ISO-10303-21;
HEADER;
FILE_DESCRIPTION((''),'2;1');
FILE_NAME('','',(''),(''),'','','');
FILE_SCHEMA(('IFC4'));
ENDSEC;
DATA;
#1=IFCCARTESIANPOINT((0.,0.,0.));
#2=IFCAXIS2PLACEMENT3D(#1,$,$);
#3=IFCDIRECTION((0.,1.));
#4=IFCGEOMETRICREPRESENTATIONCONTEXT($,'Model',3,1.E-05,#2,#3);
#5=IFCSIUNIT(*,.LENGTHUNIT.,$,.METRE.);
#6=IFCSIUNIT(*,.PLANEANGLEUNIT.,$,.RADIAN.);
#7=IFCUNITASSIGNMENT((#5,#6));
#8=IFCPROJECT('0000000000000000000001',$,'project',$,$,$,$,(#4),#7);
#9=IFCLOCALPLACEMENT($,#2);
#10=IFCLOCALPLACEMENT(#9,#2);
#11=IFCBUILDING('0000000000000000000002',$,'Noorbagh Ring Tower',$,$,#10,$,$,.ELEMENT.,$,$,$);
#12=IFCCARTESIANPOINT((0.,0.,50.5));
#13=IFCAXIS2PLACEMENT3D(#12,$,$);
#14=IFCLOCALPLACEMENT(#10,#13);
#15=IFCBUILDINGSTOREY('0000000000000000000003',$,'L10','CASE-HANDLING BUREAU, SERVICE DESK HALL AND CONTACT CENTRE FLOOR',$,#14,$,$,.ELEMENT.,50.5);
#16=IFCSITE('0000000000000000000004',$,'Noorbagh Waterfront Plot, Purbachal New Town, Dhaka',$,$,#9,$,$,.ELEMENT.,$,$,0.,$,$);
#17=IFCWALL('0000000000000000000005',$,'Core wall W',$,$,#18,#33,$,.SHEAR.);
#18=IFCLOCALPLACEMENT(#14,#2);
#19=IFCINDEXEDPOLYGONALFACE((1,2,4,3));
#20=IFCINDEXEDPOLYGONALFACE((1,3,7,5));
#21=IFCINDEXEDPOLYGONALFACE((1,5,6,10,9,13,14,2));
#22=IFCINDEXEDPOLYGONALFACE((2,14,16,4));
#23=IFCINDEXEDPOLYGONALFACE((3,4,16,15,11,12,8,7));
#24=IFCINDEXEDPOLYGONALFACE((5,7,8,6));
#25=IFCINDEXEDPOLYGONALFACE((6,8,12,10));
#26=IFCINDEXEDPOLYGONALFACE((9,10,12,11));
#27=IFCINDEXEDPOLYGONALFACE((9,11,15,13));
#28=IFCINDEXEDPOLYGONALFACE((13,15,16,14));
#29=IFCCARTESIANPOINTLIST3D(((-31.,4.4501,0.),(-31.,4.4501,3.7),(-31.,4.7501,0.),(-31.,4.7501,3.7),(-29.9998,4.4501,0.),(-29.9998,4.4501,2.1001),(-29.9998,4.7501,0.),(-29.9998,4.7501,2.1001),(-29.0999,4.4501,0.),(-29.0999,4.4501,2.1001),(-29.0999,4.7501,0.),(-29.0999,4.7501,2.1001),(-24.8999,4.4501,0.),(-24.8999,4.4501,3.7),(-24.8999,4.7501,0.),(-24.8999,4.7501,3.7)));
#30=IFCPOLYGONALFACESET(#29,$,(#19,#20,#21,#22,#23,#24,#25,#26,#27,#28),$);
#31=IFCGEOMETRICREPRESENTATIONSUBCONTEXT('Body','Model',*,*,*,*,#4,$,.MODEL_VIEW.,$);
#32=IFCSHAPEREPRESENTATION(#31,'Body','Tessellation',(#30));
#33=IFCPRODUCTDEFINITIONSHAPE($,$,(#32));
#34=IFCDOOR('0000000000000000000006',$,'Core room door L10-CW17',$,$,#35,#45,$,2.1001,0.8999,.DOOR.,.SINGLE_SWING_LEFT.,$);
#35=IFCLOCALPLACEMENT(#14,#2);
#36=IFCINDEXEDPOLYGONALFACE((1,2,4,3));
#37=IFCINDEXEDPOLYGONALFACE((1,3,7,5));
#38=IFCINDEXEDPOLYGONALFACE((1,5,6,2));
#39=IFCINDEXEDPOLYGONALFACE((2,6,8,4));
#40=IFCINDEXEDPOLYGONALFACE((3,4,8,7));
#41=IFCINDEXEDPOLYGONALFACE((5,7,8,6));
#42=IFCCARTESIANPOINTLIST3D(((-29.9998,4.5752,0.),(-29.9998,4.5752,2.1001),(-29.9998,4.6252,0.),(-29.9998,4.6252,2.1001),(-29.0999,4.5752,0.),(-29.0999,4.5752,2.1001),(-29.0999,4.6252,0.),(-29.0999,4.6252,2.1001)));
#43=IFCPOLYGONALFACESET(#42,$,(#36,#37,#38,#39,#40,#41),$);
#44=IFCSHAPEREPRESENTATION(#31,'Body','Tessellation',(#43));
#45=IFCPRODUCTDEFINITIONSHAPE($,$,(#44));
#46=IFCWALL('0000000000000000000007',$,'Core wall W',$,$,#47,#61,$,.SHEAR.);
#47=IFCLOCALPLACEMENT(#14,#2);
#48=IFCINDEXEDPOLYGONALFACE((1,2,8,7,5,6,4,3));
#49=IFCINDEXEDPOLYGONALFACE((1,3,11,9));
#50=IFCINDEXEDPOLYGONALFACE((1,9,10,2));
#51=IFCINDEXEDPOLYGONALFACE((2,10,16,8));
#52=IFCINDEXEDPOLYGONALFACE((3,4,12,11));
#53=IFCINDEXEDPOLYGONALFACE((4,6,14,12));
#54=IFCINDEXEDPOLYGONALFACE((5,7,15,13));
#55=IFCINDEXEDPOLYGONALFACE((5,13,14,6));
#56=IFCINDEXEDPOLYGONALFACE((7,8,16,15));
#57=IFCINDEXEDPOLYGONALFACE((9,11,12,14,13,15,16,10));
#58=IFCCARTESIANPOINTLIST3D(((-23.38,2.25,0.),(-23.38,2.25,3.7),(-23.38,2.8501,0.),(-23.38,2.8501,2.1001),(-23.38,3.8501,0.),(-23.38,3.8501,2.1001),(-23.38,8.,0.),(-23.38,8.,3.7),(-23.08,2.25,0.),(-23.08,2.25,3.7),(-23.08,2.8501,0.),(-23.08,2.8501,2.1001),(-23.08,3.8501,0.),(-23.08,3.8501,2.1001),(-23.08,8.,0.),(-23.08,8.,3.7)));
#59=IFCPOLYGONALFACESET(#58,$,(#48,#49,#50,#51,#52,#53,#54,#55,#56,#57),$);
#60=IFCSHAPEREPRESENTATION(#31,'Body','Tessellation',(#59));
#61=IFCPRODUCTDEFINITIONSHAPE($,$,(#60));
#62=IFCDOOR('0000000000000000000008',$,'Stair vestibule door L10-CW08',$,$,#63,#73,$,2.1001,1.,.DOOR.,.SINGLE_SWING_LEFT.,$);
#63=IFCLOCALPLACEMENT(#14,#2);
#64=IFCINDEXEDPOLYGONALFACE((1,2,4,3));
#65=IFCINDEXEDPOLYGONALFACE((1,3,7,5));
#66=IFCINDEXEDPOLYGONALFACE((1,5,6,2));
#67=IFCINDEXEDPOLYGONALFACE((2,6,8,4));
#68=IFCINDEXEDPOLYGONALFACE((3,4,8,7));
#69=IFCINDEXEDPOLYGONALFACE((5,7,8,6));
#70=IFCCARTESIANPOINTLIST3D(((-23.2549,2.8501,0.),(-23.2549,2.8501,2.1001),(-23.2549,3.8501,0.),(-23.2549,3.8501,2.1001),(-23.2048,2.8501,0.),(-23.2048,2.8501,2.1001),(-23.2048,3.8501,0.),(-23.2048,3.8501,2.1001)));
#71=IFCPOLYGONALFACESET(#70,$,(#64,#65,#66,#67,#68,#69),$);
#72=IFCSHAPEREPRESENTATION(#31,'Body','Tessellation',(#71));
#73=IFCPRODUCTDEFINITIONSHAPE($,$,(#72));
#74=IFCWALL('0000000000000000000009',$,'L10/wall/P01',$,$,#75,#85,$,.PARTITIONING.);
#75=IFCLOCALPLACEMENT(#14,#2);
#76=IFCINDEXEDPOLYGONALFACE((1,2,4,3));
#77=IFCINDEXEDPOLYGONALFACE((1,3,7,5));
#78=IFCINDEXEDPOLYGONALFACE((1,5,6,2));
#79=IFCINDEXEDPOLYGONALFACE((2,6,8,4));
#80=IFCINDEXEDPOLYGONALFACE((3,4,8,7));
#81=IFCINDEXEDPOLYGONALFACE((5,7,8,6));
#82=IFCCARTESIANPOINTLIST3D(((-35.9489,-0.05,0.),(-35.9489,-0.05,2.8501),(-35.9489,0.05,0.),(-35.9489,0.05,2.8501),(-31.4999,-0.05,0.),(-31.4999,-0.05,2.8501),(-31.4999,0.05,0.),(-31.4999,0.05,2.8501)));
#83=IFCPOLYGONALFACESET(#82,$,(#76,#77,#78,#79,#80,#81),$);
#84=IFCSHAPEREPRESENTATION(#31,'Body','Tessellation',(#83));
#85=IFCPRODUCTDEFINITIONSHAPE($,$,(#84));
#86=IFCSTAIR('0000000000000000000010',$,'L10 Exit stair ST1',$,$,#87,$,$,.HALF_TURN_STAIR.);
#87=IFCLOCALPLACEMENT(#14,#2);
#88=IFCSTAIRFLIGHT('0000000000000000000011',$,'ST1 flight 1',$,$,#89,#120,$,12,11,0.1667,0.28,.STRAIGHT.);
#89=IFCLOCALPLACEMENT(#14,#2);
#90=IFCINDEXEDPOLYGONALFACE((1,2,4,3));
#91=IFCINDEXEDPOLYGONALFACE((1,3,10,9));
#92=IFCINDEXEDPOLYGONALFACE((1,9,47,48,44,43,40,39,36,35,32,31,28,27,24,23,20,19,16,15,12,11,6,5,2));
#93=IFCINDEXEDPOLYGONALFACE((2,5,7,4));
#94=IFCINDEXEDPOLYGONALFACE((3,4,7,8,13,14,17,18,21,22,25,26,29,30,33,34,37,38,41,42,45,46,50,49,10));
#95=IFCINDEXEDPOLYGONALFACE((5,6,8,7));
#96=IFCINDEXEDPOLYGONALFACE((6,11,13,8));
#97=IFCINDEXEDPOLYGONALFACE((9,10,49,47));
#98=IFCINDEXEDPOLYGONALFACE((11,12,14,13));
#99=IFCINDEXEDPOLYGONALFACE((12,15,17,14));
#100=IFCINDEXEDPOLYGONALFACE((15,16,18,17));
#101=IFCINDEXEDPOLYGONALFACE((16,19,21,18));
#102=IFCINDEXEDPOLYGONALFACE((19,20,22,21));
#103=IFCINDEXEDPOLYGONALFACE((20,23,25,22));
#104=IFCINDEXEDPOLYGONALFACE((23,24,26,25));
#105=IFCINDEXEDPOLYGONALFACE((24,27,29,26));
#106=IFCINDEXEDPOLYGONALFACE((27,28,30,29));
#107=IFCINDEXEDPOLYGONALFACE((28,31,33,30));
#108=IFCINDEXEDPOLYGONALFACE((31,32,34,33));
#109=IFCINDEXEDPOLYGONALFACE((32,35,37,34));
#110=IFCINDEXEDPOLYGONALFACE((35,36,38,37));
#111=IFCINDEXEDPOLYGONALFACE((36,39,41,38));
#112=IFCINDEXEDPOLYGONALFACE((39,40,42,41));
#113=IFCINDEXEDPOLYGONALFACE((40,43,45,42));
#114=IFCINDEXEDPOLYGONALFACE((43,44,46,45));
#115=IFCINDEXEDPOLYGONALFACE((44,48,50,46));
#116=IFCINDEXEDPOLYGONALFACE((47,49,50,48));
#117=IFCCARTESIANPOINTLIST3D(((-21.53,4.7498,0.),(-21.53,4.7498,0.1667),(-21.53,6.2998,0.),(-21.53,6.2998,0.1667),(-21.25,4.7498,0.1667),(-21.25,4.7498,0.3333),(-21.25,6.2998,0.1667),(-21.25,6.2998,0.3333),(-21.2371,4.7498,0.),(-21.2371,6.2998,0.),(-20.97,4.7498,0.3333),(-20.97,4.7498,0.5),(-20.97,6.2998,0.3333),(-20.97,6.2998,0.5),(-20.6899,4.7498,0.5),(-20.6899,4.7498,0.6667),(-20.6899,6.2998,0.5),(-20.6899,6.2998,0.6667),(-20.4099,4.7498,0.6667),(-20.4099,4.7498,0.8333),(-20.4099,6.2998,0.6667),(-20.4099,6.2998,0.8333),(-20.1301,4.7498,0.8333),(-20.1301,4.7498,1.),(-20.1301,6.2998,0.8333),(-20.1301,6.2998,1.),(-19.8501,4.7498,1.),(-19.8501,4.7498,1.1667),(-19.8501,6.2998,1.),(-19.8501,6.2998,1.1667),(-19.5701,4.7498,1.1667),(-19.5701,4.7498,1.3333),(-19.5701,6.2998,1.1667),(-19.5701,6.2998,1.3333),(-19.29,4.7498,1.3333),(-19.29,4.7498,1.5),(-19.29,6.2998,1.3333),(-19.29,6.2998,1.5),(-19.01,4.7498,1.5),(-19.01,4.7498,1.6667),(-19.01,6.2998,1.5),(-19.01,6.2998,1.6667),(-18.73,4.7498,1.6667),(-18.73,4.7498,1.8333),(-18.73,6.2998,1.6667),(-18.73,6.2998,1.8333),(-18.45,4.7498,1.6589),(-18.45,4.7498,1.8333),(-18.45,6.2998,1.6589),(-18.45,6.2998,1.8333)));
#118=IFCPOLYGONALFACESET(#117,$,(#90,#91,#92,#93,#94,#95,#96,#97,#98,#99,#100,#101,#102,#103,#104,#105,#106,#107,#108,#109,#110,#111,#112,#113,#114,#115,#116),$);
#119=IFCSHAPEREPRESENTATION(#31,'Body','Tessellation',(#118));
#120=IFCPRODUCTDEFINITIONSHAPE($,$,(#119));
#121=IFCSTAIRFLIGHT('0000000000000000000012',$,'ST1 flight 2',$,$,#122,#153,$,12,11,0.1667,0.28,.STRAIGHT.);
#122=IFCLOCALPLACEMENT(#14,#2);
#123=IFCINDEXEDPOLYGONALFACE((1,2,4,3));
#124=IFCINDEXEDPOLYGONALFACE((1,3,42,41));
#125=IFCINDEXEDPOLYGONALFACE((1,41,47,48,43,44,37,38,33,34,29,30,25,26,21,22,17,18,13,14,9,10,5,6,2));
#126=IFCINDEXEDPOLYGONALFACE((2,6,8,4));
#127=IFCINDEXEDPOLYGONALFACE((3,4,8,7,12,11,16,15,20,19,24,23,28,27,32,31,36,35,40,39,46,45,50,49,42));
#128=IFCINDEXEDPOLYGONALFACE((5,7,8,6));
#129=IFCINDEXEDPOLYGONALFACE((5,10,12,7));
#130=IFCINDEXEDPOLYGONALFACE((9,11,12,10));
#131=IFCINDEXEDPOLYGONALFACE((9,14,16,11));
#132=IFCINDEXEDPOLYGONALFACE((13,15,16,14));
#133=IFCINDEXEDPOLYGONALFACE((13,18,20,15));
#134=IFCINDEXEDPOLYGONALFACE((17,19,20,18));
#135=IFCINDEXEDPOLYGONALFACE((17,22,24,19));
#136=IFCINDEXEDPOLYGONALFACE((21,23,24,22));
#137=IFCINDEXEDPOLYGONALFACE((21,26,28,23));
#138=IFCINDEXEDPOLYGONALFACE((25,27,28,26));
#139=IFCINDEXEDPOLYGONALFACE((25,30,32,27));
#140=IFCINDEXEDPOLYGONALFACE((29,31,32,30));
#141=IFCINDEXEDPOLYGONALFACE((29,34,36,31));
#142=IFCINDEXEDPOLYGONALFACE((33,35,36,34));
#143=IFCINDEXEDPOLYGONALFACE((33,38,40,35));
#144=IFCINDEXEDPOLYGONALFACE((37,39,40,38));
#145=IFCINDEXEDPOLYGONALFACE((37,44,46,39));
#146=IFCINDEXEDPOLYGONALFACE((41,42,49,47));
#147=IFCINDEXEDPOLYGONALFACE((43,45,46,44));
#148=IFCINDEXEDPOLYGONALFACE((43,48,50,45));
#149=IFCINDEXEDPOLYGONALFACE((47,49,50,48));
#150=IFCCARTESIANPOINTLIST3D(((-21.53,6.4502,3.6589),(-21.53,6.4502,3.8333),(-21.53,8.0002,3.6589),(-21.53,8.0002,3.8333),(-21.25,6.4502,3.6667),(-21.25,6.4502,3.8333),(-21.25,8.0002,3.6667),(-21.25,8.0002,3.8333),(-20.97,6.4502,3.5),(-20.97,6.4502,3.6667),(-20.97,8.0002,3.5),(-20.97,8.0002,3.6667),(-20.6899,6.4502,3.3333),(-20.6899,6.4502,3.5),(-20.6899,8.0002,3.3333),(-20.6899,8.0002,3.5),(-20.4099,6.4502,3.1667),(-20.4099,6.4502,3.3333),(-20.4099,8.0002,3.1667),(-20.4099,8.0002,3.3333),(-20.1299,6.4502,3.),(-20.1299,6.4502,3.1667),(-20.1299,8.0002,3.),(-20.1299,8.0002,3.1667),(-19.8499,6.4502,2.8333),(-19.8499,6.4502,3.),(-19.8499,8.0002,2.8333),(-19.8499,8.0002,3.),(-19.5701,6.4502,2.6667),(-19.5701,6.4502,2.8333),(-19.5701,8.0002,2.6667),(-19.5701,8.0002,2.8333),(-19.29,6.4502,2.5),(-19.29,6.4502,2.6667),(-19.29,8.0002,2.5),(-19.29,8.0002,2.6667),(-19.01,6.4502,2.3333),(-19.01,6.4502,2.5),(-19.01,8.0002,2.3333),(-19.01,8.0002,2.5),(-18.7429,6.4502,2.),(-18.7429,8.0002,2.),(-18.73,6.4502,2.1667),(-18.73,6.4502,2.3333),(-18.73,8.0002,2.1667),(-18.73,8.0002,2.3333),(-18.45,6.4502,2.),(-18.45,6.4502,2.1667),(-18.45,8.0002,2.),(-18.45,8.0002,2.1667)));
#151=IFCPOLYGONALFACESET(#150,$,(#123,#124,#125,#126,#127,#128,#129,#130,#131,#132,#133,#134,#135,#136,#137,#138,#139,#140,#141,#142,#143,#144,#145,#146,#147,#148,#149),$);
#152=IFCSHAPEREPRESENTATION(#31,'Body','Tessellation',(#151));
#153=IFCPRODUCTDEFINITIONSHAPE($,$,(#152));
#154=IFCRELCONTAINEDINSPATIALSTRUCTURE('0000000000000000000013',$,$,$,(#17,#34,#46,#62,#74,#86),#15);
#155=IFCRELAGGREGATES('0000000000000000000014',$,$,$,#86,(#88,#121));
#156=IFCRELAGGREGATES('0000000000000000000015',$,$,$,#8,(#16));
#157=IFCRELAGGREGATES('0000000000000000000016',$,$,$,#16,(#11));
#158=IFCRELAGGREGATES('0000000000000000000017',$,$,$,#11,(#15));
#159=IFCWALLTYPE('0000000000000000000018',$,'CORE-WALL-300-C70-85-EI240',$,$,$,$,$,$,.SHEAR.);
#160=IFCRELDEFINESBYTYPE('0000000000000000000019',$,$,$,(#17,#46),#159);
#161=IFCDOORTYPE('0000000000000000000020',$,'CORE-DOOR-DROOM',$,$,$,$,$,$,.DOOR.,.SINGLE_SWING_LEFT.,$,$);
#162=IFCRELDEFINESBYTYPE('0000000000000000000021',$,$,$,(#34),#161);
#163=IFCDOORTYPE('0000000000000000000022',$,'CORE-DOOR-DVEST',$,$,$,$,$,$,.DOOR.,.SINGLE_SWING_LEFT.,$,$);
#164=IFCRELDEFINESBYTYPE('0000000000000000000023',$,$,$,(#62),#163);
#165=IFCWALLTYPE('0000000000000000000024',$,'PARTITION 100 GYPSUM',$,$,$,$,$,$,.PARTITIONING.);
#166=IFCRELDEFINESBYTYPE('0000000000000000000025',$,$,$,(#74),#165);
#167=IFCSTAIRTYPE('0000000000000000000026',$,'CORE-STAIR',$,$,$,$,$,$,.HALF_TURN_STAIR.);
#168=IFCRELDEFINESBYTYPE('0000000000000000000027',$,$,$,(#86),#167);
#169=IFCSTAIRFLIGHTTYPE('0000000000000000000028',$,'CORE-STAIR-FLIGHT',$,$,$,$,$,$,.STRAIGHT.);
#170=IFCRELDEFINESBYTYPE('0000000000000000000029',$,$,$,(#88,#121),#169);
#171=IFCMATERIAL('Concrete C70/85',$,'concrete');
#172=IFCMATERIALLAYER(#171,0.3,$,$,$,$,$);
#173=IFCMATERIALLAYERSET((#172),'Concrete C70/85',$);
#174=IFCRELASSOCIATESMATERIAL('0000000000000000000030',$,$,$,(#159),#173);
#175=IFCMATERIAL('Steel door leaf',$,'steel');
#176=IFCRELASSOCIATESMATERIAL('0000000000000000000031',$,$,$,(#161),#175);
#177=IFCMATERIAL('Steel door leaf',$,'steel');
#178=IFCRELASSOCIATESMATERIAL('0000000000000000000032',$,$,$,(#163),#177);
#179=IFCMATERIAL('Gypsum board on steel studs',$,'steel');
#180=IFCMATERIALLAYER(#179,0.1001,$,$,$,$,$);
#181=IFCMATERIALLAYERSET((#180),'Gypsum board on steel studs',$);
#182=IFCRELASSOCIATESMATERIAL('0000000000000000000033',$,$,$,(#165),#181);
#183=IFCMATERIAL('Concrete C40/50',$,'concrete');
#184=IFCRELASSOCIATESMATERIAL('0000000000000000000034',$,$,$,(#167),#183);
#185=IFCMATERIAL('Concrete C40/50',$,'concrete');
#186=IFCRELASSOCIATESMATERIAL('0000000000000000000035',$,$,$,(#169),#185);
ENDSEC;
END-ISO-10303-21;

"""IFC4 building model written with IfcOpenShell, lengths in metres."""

from ifc_helpers import new_model, si_unit, direction, frame, frame_2d, origin, place, context, subcontext, project, spatial, polyline, rectangle, outline, extrude, material, layer, layer_set, type_object, element, fill, aggregate, save


model = new_model("IFC4")

# Units and contexts
model_context = context("Model", 3, precision=1e-05, world=origin(), true_north=direction((0.0, 1.0)))
body_context = subcontext(model_context, "Body", "Model", "MODEL_VIEW")
ifc_project = project(units=[si_unit("LENGTHUNIT", "METRE"), si_unit("PLANEANGLEUNIT", "RADIAN")], contexts=[model_context])

# Site, building, storey
site_placement = place(None, origin())
site = spatial("IfcSite", under=ifc_project, at=site_placement, Name="Noorbagh Waterfront Plot, Purbachal New Town, Dhaka", CompositionType="ELEMENT", RefElevation=0.0)
building_placement = place(site_placement, origin())
building = spatial("IfcBuilding", under=site, at=building_placement, Name="Noorbagh Ring Tower", CompositionType="ELEMENT")
storey_placement = place(building_placement, frame((0.0, 0.0, 50.5)))
storey = spatial("IfcBuildingStorey", under=building, at=storey_placement, Name="L10", Description="CASE-HANDLING BUREAU, SERVICE DESK HALL AND CONTACT CENTRE FLOOR", CompositionType="ELEMENT", Elevation=50.5)

# Walls, openings, doors
ifc_material_1 = material(Name="Concrete C70/85", Category="concrete")
ifc_layer_1 = layer(ifc_material_1, 0.3)
ifc_layer_set_1 = layer_set([ifc_layer_1], Name="Concrete C70/85")
wall_type_1 = type_object("IfcWallType", Name="CORE-WALL-300-C70-85-EI240", PredefinedType="SHEAR", material=ifc_layer_set_1)
wall_1_placement = place(storey_placement, frame((-24.8999, 4.6001, 0.0), z_axis=(0.0, 0.0, 1.0), x_axis=(-1.0, 0.0, 0.0)))
wall_1 = element("IfcWall", 1, at=wall_1_placement, inside=storey, type_object=wall_type_1, Name="Core wall W", PredefinedType="SHEAR", context=body_context, shape_type="SweptSolid", body=[
    extrude(rectangle(XDim=6.1001, YDim=0.3, at=frame_2d((3.05, 0.0))), origin(), (0.0, 0.0, 1.0), 3.7),
])
opening_1_placement = place(wall_1_placement, frame((4.2, 0.0, 0.0)))
opening_1 = element("IfcOpeningElement", 2, at=opening_1_placement, cuts=wall_1, PredefinedType="OPENING", context=body_context, shape_type="SweptSolid", body=[
    extrude(rectangle(XDim=0.8999, YDim=2.1001, at=frame_2d((0.45, 1.05))), frame((0.0, 0.1602, 0.0), z_axis=(0.0, -1.0, 0.0), x_axis=(1.0, 0.0, 0.0)), (0.0, 0.0, 1.0), 0.3201),
])
ifc_material_2 = material(Name="Steel door leaf", Category="steel")
door_type_1 = type_object("IfcDoorType", Name="CORE-DOOR-DROOM", OperationType="SINGLE_SWING_LEFT", PredefinedType="DOOR", material=ifc_material_2)
door_1_placement = place(opening_1_placement, origin())
door_1 = element("IfcDoor", 3, at=door_1_placement, inside=storey, type_object=door_type_1, Name="Core room door L10-CW17", OperationType="SINGLE_SWING_LEFT", OverallHeight=2.1001, OverallWidth=0.8999, PredefinedType="DOOR", context=body_context, shape_type="SweptSolid", body=[
    extrude(rectangle(XDim=0.8999, YDim=2.1001, at=frame_2d((0.45, 1.05))), frame((0.0, 0.0249, 0.0), z_axis=(0.0, -1.0, 0.0), x_axis=(1.0, 0.0, 0.0)), (0.0, 0.0, 1.0), 0.05),
])
fill(opening_1, door_1)
wall_2_placement = place(storey_placement, frame((-23.23, 2.25, 0.0), z_axis=(0.0, 0.0, 1.0), x_axis=(0.0, 1.0, 0.0)))
wall_2 = element("IfcWall", 4, at=wall_2_placement, inside=storey, type_object=wall_type_1, Name="Core wall W", PredefinedType="SHEAR", context=body_context, shape_type="SweptSolid", body=[
    extrude(rectangle(XDim=5.75, YDim=0.3, at=frame_2d((2.875, 0.0))), origin(), (0.0, 0.0, 1.0), 3.7),
])
opening_2_placement = place(wall_2_placement, frame((0.6001, 0.0, 0.0)))
opening_2 = element("IfcOpeningElement", 5, at=opening_2_placement, cuts=wall_2, PredefinedType="OPENING", context=body_context, shape_type="SweptSolid", body=[
    extrude(rectangle(XDim=1.0, YDim=2.1001, at=frame_2d((0.5, 1.05))), frame((0.0, 0.1602, 0.0), z_axis=(0.0, -1.0, 0.0), x_axis=(1.0, 0.0, 0.0)), (0.0, 0.0, 1.0), 0.3201),
])
ifc_material_3 = material(Name="Steel door leaf", Category="steel")
door_type_2 = type_object("IfcDoorType", Name="CORE-DOOR-DVEST", OperationType="SINGLE_SWING_LEFT", PredefinedType="DOOR", material=ifc_material_3)
door_2_placement = place(opening_2_placement, origin())
door_2 = element("IfcDoor", 6, at=door_2_placement, inside=storey, type_object=door_type_2, Name="Stair vestibule door L10-CW08", OperationType="SINGLE_SWING_LEFT", OverallHeight=2.1001, OverallWidth=1.0, PredefinedType="DOOR", context=body_context, shape_type="SweptSolid", body=[
    extrude(rectangle(XDim=1.0, YDim=2.1001, at=frame_2d((0.5, 1.05))), frame((0.0, 0.0249, 0.0), z_axis=(0.0, -1.0, 0.0), x_axis=(1.0, 0.0, 0.0)), (0.0, 0.0, 1.0), 0.05),
])
fill(opening_2, door_2)

# Wall
ifc_material_4 = material(Name="Gypsum board on steel studs", Category="steel")
ifc_layer_2 = layer(ifc_material_4, 0.1001)
ifc_layer_set_2 = layer_set([ifc_layer_2], Name="Gypsum board on steel studs")
wall_type_2 = type_object("IfcWallType", Name="PARTITION 100 GYPSUM", PredefinedType="PARTITIONING", material=ifc_layer_set_2)
wall_3_placement = place(storey_placement, frame((-35.949, 0.0, 0.0), z_axis=(0.0, 0.0, 1.0), x_axis=(1.0, 0.0, 0.0)))
element("IfcWall", 7, at=wall_3_placement, inside=storey, type_object=wall_type_2, Name="L10/wall/P01", PredefinedType="PARTITIONING", context=body_context, shape_type="SweptSolid", body=[
    extrude(rectangle(XDim=4.449, YDim=0.1001, at=frame_2d((2.2246, 0.0))), origin(), (0.0, 0.0, 1.0), 2.8501),
])

# Stair, stair flights
ifc_material_5 = material(Name="Concrete C40/50", Category="concrete")
stair_type = type_object("IfcStairType", Name="CORE-STAIR", PredefinedType="HALF_TURN_STAIR", material=ifc_material_5)
stair_placement = place(storey_placement, origin())
stair = element("IfcStair", 8, at=stair_placement, inside=storey, type_object=stair_type, Name="L10 Exit stair ST1", PredefinedType="HALF_TURN_STAIR")
ifc_material_6 = material(Name="Concrete C40/50", Category="concrete")
stair_flight_type = type_object("IfcStairFlightType", Name="CORE-STAIR-FLIGHT", PredefinedType="STRAIGHT", material=ifc_material_6)
stair_flight_1_placement = place(storey_placement, frame((-21.53, 5.5249, 0.0), z_axis=(0.0, 0.0, 1.0), x_axis=(1.0, 0.0, 0.0)))
stair_flight_1 = element("IfcStairFlight", 9, at=stair_flight_1_placement, type_object=stair_flight_type, Name="ST1 flight 1", NumberOfRisers=12, NumberOfTreads=11, PredefinedType="STRAIGHT", RiserHeight=0.1667, TreadLength=0.28, context=body_context, shape_type="SweptSolid", body=[
    extrude(outline(polyline([(0.0, 0.0), (0.0, 0.1667), (0.28, 0.1667), (0.28, 0.3333), (0.5601, 0.3333), (0.5601, 0.5), (0.8401, 0.5), (0.8401, 0.6667), (1.1201, 0.6667), (1.1201, 0.8333), (1.3999, 0.8333), (1.3999, 1.0), (1.6799, 1.0), (1.6799, 1.1667), (1.96, 1.1667), (1.96, 1.3333), (2.24, 1.3333), (2.24, 1.5), (2.52, 1.5), (2.52, 1.6667), (2.8, 1.6667), (2.8, 1.8333), (3.0801, 1.8333), (3.0801, 2.0), (3.0801, 1.6589), (0.293, 0.0), (0.0, 0.0)])), frame((0.0, 0.7749, 0.0), z_axis=(0.0, -1.0, 0.0), x_axis=(1.0, 0.0, 0.0)), (0.0, 0.0, 1.0), 1.55),
])
stair_flight_2_placement = place(storey_placement, frame((-18.45, 7.2251, 2.0), z_axis=(0.0, 0.0, 1.0), x_axis=(-1.0, 0.0, 0.0)))
stair_flight_2 = element("IfcStairFlight", 10, at=stair_flight_2_placement, type_object=stair_flight_type, Name="ST1 flight 2", NumberOfRisers=12, NumberOfTreads=11, PredefinedType="STRAIGHT", RiserHeight=0.1667, TreadLength=0.28, context=body_context, shape_type="SweptSolid", body=[
    extrude(outline(polyline([(0.0, 0.0), (0.0, 0.1667), (0.28, 0.1667), (0.28, 0.3333), (0.5601, 0.3333), (0.5601, 0.5), (0.8401, 0.5), (0.8401, 0.6667), (1.1201, 0.6667), (1.1201, 0.8333), (1.3999, 0.8333), (1.3999, 1.0), (1.6799, 1.0), (1.6799, 1.1667), (1.96, 1.1667), (1.96, 1.3333), (2.24, 1.3333), (2.24, 1.5), (2.52, 1.5), (2.52, 1.6667), (2.8, 1.6667), (2.8, 1.8333), (3.0801, 1.8333), (3.0801, 2.0), (3.0801, 1.6589), (0.293, 0.0), (0.0, 0.0)])), frame((0.0, 0.7749, 0.0), z_axis=(0.0, -1.0, 0.0), x_axis=(1.0, 0.0, 0.0)), (0.0, 0.0, 1.0), 1.55),
])
aggregate(stair, [stair_flight_1, stair_flight_2])

save(model, "model.ifc")
